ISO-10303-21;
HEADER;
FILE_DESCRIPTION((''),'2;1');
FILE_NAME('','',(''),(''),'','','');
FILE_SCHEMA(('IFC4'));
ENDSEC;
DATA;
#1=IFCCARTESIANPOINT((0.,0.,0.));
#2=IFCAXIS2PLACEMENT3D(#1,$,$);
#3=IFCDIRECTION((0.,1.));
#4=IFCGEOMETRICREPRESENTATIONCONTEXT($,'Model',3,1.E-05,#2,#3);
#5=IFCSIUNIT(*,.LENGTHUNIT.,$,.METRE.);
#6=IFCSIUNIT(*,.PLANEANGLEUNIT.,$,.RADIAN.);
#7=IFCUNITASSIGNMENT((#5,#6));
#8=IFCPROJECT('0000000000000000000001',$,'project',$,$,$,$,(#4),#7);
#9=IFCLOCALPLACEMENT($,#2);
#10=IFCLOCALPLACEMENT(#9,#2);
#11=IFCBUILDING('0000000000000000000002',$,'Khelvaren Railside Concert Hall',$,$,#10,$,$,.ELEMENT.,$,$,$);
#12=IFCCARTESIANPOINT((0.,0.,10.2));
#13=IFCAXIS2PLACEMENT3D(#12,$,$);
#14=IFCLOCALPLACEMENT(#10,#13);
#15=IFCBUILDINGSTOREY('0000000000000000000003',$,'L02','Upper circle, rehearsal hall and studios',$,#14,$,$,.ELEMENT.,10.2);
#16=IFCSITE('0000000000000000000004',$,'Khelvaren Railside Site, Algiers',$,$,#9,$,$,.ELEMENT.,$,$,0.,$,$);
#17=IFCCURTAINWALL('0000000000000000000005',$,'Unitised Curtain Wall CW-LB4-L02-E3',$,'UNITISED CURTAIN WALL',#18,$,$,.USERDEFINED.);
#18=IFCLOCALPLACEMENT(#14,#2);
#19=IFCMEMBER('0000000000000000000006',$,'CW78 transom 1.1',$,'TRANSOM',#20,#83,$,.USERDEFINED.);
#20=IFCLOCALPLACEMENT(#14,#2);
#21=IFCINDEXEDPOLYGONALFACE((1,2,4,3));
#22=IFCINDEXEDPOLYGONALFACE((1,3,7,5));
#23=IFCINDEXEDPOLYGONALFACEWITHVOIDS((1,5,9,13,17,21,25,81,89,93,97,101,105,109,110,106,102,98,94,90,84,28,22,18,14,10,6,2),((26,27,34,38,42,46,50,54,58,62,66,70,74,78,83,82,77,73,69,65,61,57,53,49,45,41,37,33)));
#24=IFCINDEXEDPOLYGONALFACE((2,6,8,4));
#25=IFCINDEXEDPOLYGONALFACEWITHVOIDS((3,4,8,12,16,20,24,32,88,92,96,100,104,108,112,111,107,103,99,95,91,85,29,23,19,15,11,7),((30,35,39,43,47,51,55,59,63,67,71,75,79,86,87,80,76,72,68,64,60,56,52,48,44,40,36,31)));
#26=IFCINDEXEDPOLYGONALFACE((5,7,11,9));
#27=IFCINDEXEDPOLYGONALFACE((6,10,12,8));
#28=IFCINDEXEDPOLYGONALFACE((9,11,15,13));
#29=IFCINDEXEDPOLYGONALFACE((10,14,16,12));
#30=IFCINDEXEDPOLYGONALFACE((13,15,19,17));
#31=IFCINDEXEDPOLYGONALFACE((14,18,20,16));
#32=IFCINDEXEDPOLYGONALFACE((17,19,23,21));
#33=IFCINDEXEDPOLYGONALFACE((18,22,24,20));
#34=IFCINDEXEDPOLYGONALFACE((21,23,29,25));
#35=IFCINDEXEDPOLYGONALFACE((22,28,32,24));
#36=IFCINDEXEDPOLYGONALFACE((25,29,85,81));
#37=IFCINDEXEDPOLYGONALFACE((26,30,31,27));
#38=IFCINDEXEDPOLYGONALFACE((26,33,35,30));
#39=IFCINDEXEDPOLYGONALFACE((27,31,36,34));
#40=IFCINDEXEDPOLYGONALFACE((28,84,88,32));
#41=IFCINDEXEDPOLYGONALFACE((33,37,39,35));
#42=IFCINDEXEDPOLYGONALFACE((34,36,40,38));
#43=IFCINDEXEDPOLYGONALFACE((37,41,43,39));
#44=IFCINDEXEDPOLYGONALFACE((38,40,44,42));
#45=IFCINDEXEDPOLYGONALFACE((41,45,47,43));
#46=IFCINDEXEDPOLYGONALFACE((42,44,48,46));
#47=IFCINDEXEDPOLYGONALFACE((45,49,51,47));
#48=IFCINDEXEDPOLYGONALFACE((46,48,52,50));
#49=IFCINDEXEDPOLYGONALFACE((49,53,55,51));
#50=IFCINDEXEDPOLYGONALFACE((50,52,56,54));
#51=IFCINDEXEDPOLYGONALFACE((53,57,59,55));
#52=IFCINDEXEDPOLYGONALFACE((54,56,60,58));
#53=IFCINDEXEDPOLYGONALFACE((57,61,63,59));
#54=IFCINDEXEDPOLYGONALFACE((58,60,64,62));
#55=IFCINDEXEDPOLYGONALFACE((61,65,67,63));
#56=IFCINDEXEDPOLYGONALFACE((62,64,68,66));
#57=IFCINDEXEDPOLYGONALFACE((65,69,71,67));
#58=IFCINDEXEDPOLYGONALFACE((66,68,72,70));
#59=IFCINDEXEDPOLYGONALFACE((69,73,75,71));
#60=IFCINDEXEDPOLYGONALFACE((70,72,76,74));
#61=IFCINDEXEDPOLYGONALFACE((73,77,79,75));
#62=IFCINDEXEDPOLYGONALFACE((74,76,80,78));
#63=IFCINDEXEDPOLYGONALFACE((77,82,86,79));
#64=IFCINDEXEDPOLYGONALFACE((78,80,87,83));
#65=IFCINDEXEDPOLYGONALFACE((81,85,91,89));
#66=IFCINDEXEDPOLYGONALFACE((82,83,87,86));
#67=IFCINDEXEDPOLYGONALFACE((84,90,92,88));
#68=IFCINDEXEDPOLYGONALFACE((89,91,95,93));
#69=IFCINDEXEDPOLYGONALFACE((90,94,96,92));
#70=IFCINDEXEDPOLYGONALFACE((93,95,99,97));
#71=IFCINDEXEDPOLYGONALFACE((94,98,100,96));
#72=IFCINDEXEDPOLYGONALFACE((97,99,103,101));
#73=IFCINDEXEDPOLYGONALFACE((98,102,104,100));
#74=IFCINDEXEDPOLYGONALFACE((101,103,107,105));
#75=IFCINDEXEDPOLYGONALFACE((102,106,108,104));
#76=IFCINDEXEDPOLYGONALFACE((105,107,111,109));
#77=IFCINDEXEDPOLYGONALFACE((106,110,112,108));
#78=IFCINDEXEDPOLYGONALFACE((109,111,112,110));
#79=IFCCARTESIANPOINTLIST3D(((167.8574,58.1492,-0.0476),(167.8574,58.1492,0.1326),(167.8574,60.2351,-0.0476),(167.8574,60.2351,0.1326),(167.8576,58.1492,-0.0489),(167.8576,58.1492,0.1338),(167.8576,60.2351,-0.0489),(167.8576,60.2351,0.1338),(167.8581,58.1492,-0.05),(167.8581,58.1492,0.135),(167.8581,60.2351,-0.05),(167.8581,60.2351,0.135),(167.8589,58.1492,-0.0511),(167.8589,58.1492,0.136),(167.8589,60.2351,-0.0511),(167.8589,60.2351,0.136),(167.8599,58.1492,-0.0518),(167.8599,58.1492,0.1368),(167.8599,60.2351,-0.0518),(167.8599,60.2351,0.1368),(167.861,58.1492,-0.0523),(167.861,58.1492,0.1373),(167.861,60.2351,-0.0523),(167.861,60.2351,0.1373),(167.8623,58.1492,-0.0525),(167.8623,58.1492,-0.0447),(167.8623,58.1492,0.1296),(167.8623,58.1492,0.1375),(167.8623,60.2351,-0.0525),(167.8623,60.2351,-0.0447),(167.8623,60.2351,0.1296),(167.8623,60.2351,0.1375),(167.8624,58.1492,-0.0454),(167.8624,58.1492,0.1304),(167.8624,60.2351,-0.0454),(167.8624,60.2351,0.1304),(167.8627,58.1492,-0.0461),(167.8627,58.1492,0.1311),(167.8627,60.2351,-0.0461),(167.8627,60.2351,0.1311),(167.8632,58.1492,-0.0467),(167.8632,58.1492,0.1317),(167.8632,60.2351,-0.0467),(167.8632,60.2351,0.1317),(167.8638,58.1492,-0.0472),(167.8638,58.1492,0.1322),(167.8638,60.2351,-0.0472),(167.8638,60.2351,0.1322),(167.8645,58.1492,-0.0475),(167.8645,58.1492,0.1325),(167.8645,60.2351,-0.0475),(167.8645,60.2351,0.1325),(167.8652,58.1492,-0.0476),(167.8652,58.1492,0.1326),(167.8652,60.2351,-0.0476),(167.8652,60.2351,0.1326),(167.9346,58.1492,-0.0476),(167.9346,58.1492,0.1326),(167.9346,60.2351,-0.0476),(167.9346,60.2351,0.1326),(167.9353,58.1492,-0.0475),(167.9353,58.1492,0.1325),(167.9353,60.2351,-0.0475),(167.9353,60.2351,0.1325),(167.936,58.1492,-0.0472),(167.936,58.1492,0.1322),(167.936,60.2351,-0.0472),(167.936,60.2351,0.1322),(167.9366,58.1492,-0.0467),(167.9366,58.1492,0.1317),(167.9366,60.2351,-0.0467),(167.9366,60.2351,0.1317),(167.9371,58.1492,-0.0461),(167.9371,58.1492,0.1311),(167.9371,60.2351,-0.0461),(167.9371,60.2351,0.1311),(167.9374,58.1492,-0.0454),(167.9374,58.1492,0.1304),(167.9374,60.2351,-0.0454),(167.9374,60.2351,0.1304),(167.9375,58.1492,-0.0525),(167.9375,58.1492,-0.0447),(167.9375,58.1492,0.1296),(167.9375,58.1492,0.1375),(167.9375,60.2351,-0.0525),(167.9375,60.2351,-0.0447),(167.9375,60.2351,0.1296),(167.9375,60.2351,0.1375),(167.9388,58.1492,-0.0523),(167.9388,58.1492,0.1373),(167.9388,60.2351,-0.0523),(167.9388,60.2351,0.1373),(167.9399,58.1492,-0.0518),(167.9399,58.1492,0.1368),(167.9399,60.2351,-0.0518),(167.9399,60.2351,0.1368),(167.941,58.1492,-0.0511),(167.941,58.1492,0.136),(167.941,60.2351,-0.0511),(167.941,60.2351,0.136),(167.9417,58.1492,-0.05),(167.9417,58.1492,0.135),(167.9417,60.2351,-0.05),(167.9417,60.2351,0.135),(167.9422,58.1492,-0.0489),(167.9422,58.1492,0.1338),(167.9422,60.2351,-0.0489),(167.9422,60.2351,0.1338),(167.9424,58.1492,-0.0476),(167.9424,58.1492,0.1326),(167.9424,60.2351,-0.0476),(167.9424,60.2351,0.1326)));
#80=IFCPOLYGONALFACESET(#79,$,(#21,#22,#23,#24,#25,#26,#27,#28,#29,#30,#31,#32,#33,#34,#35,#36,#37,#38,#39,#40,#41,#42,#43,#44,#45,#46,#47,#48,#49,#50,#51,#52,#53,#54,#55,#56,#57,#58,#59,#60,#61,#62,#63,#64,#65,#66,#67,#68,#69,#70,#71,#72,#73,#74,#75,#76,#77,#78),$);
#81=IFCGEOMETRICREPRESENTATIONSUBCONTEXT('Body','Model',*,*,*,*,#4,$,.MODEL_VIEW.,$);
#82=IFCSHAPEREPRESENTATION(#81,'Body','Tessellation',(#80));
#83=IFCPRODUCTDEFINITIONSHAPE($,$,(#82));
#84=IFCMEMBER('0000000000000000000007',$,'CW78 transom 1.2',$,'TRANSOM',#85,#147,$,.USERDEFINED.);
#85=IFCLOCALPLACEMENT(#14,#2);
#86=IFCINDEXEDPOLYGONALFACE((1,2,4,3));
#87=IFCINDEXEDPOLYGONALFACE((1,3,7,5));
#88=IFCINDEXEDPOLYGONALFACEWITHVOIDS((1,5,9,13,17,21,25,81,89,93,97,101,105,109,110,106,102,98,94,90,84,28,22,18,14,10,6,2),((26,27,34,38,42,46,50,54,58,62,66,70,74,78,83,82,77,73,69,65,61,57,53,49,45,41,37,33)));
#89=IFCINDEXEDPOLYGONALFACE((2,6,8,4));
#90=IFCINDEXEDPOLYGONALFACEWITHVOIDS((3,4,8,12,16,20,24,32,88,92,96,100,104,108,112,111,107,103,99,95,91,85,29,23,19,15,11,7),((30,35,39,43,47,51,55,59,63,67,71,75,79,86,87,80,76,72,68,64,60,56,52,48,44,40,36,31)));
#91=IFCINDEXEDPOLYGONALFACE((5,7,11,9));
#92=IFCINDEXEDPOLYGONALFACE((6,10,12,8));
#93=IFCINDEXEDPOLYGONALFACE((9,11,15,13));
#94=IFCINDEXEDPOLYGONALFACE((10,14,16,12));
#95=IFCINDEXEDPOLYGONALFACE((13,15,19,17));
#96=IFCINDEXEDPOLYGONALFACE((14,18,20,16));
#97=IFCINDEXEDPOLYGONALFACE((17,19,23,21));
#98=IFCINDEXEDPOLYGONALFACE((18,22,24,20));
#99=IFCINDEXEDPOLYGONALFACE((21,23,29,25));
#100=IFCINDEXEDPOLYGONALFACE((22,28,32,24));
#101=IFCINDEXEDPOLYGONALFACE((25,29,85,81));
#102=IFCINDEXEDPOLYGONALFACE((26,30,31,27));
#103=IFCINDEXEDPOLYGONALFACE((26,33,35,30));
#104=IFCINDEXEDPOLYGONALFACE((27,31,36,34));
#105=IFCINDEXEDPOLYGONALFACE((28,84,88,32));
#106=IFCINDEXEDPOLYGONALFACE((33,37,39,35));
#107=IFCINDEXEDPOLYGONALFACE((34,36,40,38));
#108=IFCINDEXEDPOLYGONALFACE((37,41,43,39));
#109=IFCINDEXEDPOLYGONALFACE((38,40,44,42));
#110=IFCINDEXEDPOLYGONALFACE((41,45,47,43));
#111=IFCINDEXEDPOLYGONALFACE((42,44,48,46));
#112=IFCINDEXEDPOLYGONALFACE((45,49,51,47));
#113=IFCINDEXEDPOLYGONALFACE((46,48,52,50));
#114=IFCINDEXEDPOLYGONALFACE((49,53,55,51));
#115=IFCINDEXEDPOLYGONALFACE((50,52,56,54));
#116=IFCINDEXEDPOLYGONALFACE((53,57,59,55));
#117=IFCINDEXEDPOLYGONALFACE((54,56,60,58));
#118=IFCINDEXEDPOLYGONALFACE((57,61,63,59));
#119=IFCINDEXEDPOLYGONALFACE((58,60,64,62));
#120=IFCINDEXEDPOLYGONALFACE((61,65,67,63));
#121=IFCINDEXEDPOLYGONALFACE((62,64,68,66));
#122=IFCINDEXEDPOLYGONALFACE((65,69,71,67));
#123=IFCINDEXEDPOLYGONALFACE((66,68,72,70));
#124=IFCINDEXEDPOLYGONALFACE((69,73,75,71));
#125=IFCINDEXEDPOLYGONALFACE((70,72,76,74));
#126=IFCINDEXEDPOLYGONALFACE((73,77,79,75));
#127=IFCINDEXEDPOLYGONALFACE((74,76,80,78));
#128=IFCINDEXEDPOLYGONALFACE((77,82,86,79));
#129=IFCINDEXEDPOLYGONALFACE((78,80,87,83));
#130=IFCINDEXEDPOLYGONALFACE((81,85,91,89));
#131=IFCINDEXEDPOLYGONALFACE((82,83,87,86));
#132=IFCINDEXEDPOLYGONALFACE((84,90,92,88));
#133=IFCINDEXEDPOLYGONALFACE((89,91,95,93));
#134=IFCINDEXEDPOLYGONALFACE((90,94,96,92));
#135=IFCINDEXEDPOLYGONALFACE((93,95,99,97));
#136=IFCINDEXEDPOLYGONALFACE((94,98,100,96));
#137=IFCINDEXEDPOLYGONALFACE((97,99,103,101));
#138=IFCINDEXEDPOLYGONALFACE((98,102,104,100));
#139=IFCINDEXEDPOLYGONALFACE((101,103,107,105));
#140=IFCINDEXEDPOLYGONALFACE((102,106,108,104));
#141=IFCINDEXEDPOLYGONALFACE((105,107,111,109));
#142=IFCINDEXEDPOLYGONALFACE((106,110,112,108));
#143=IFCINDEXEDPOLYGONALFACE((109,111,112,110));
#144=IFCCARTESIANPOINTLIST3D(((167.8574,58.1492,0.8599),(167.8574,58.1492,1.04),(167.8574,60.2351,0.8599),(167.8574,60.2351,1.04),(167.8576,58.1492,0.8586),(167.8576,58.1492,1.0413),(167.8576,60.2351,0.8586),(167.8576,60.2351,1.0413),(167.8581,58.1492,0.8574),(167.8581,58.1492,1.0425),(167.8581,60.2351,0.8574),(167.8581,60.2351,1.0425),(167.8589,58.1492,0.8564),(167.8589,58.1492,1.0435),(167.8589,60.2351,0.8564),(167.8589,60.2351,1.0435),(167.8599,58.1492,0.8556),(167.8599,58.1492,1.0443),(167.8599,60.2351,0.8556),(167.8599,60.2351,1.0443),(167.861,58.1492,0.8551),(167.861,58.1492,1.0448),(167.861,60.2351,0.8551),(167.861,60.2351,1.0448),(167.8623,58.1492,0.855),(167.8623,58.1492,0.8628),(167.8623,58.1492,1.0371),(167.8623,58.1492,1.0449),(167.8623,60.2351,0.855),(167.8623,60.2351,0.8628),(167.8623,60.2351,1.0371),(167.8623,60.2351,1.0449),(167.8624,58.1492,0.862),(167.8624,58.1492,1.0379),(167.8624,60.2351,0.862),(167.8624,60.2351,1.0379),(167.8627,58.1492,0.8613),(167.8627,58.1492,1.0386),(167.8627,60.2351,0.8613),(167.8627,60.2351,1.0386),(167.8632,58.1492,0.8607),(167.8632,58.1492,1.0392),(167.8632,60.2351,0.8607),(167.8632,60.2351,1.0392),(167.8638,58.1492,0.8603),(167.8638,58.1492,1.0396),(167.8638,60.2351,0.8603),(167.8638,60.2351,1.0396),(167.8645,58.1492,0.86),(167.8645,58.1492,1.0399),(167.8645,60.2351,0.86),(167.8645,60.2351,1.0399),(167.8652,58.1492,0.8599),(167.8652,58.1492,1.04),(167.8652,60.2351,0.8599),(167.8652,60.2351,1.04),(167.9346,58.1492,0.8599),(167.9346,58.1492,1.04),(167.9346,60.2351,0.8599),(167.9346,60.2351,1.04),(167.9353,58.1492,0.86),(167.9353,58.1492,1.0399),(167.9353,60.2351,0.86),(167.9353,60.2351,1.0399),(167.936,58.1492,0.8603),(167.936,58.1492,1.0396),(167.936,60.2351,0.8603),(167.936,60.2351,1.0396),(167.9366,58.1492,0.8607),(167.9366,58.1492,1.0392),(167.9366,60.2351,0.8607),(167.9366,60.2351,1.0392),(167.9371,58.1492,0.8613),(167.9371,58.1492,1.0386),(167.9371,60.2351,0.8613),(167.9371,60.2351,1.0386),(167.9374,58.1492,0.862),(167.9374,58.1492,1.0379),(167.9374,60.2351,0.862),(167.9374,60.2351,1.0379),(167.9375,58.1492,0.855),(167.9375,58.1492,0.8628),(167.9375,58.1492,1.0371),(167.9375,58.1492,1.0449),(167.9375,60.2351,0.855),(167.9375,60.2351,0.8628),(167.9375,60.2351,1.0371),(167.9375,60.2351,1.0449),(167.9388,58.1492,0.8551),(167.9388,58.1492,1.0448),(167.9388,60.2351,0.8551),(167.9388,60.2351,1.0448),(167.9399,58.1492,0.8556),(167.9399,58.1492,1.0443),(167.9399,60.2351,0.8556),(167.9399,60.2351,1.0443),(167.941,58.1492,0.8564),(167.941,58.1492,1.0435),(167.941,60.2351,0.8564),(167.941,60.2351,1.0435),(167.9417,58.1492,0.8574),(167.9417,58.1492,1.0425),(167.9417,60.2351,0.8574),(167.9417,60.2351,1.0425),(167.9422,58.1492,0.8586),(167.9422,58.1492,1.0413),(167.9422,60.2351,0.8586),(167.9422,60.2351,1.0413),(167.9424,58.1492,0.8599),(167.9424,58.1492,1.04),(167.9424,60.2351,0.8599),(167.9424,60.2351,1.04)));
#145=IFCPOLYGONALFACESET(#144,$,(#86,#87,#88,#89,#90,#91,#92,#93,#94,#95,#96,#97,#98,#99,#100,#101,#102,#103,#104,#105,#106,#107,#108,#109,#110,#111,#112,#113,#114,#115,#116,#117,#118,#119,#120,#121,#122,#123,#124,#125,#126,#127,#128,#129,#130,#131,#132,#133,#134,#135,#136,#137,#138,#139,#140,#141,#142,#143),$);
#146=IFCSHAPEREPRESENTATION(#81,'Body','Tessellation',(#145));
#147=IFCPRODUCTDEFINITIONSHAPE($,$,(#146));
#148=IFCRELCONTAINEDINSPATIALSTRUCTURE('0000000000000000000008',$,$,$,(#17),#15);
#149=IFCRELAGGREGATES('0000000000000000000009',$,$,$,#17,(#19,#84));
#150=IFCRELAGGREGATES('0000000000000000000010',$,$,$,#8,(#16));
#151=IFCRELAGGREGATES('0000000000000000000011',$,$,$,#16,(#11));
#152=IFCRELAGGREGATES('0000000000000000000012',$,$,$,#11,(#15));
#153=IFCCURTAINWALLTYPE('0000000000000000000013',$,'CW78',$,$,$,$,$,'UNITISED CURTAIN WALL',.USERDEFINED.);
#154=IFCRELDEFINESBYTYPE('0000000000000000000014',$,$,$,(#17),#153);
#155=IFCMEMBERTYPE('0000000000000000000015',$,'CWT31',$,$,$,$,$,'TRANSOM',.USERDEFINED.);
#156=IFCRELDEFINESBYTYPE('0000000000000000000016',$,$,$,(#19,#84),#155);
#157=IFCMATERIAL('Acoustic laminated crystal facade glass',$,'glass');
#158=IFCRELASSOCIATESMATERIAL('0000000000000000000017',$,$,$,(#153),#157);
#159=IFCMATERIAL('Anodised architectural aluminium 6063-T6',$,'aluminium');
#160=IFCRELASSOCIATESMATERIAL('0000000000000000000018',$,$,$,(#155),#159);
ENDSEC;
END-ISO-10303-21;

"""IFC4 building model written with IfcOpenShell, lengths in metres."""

from ifc_helpers import new_model, si_unit, direction, frame, origin, origin_2d, place, context, subcontext, project, spatial, hollow_rectangle, extrude, material, material_profile, profile_set, type_object, element, aggregate, save


model = new_model("IFC4")

# Units and contexts
model_context = context("Model", 3, precision=1e-05, world=origin(), true_north=direction((0.0, 1.0)))
body_context = subcontext(model_context, "Body", "Model", "MODEL_VIEW")
ifc_project = project(units=[si_unit("LENGTHUNIT", "METRE"), si_unit("PLANEANGLEUNIT", "RADIAN")], contexts=[model_context])

# Site, building, storey
site_placement = place(None, origin())
site = spatial("IfcSite", under=ifc_project, at=site_placement, Name="Khelvaren Railside Site, Algiers", CompositionType="ELEMENT", RefElevation=0.0)
building_placement = place(site_placement, origin())
building = spatial("IfcBuilding", under=site, at=building_placement, Name="Khelvaren Railside Concert Hall", CompositionType="ELEMENT")
storey_placement = place(building_placement, frame((0.0, 0.0, 10.2)))
storey = spatial("IfcBuildingStorey", under=building, at=storey_placement, Name="L02", Description="Upper circle, rehearsal hall and studios", CompositionType="ELEMENT", Elevation=10.2)

# Curtain wall
ifc_material_1 = material(Name="Acoustic laminated crystal facade glass", Category="glass")
curtain_wall_type = type_object("IfcCurtainWallType", Name="CW78", ElementType="UNITISED CURTAIN WALL", PredefinedType="USERDEFINED", material=ifc_material_1)
curtain_wall_1_placement = place(storey_placement, origin())
curtain_wall_1 = element("IfcCurtainWall", 1, at=curtain_wall_1_placement, inside=storey, type_object=curtain_wall_type, Name="Unitised Curtain Wall CW-LB4-L02-E3", ObjectType="UNITISED CURTAIN WALL", PredefinedType="USERDEFINED")
ifc_material_2 = material(Name="Anodised architectural aluminium 6063-T6", Category="aluminium")

# Members
ifc_material_profile_1 = material_profile(ifc_material_2, hollow_rectangle(XDim=0.085, YDim=0.1899, WallThickness=0.0049, InnerFilletRadius=0.0029, OuterFilletRadius=0.0049, at=origin_2d()), Name="CWT 85x190x5")
ifc_profile_set_1 = profile_set([ifc_material_profile_1], Name="Anodised architectural aluminium 6063-T6")
member_type_1 = type_object("IfcMemberType", Name="CWT31", ElementType="TRANSOM", PredefinedType="USERDEFINED", material=ifc_profile_set_1)
member_1_placement = place(storey_placement, frame((167.8999, 60.2351, 0.0425), z_axis=(0.0, -1.0, 0.0), x_axis=(1.0, 0.0, 0.0)))
member_1 = element("IfcMember", 2, at=member_1_placement, type_object=member_type_1, Name="CW78 transom 1.1", ObjectType="TRANSOM", PredefinedType="USERDEFINED", context=body_context, shape_type="SweptSolid", body=[
    extrude(hollow_rectangle(XDim=0.085, YDim=0.1899, WallThickness=0.0049, InnerFilletRadius=0.0029, OuterFilletRadius=0.0049, at=origin_2d()), origin(), (0.0, 0.0, 1.0), 2.0859),
])
member_2_placement = place(storey_placement, frame((167.8999, 60.2351, 0.95), z_axis=(0.0, -1.0, 0.0), x_axis=(1.0, 0.0, 0.0)))
member_2 = element("IfcMember", 3, at=member_2_placement, type_object=member_type_1, Name="CW78 transom 1.2", ObjectType="TRANSOM", PredefinedType="USERDEFINED", context=body_context, shape_type="SweptSolid", body=[
    extrude(hollow_rectangle(XDim=0.085, YDim=0.1899, WallThickness=0.0049, InnerFilletRadius=0.0029, OuterFilletRadius=0.0049, at=origin_2d()), origin(), (0.0, 0.0, 1.0), 2.0859),
])

aggregate(curtain_wall_1, [member_1, member_2])

save(model, "model.ifc")
